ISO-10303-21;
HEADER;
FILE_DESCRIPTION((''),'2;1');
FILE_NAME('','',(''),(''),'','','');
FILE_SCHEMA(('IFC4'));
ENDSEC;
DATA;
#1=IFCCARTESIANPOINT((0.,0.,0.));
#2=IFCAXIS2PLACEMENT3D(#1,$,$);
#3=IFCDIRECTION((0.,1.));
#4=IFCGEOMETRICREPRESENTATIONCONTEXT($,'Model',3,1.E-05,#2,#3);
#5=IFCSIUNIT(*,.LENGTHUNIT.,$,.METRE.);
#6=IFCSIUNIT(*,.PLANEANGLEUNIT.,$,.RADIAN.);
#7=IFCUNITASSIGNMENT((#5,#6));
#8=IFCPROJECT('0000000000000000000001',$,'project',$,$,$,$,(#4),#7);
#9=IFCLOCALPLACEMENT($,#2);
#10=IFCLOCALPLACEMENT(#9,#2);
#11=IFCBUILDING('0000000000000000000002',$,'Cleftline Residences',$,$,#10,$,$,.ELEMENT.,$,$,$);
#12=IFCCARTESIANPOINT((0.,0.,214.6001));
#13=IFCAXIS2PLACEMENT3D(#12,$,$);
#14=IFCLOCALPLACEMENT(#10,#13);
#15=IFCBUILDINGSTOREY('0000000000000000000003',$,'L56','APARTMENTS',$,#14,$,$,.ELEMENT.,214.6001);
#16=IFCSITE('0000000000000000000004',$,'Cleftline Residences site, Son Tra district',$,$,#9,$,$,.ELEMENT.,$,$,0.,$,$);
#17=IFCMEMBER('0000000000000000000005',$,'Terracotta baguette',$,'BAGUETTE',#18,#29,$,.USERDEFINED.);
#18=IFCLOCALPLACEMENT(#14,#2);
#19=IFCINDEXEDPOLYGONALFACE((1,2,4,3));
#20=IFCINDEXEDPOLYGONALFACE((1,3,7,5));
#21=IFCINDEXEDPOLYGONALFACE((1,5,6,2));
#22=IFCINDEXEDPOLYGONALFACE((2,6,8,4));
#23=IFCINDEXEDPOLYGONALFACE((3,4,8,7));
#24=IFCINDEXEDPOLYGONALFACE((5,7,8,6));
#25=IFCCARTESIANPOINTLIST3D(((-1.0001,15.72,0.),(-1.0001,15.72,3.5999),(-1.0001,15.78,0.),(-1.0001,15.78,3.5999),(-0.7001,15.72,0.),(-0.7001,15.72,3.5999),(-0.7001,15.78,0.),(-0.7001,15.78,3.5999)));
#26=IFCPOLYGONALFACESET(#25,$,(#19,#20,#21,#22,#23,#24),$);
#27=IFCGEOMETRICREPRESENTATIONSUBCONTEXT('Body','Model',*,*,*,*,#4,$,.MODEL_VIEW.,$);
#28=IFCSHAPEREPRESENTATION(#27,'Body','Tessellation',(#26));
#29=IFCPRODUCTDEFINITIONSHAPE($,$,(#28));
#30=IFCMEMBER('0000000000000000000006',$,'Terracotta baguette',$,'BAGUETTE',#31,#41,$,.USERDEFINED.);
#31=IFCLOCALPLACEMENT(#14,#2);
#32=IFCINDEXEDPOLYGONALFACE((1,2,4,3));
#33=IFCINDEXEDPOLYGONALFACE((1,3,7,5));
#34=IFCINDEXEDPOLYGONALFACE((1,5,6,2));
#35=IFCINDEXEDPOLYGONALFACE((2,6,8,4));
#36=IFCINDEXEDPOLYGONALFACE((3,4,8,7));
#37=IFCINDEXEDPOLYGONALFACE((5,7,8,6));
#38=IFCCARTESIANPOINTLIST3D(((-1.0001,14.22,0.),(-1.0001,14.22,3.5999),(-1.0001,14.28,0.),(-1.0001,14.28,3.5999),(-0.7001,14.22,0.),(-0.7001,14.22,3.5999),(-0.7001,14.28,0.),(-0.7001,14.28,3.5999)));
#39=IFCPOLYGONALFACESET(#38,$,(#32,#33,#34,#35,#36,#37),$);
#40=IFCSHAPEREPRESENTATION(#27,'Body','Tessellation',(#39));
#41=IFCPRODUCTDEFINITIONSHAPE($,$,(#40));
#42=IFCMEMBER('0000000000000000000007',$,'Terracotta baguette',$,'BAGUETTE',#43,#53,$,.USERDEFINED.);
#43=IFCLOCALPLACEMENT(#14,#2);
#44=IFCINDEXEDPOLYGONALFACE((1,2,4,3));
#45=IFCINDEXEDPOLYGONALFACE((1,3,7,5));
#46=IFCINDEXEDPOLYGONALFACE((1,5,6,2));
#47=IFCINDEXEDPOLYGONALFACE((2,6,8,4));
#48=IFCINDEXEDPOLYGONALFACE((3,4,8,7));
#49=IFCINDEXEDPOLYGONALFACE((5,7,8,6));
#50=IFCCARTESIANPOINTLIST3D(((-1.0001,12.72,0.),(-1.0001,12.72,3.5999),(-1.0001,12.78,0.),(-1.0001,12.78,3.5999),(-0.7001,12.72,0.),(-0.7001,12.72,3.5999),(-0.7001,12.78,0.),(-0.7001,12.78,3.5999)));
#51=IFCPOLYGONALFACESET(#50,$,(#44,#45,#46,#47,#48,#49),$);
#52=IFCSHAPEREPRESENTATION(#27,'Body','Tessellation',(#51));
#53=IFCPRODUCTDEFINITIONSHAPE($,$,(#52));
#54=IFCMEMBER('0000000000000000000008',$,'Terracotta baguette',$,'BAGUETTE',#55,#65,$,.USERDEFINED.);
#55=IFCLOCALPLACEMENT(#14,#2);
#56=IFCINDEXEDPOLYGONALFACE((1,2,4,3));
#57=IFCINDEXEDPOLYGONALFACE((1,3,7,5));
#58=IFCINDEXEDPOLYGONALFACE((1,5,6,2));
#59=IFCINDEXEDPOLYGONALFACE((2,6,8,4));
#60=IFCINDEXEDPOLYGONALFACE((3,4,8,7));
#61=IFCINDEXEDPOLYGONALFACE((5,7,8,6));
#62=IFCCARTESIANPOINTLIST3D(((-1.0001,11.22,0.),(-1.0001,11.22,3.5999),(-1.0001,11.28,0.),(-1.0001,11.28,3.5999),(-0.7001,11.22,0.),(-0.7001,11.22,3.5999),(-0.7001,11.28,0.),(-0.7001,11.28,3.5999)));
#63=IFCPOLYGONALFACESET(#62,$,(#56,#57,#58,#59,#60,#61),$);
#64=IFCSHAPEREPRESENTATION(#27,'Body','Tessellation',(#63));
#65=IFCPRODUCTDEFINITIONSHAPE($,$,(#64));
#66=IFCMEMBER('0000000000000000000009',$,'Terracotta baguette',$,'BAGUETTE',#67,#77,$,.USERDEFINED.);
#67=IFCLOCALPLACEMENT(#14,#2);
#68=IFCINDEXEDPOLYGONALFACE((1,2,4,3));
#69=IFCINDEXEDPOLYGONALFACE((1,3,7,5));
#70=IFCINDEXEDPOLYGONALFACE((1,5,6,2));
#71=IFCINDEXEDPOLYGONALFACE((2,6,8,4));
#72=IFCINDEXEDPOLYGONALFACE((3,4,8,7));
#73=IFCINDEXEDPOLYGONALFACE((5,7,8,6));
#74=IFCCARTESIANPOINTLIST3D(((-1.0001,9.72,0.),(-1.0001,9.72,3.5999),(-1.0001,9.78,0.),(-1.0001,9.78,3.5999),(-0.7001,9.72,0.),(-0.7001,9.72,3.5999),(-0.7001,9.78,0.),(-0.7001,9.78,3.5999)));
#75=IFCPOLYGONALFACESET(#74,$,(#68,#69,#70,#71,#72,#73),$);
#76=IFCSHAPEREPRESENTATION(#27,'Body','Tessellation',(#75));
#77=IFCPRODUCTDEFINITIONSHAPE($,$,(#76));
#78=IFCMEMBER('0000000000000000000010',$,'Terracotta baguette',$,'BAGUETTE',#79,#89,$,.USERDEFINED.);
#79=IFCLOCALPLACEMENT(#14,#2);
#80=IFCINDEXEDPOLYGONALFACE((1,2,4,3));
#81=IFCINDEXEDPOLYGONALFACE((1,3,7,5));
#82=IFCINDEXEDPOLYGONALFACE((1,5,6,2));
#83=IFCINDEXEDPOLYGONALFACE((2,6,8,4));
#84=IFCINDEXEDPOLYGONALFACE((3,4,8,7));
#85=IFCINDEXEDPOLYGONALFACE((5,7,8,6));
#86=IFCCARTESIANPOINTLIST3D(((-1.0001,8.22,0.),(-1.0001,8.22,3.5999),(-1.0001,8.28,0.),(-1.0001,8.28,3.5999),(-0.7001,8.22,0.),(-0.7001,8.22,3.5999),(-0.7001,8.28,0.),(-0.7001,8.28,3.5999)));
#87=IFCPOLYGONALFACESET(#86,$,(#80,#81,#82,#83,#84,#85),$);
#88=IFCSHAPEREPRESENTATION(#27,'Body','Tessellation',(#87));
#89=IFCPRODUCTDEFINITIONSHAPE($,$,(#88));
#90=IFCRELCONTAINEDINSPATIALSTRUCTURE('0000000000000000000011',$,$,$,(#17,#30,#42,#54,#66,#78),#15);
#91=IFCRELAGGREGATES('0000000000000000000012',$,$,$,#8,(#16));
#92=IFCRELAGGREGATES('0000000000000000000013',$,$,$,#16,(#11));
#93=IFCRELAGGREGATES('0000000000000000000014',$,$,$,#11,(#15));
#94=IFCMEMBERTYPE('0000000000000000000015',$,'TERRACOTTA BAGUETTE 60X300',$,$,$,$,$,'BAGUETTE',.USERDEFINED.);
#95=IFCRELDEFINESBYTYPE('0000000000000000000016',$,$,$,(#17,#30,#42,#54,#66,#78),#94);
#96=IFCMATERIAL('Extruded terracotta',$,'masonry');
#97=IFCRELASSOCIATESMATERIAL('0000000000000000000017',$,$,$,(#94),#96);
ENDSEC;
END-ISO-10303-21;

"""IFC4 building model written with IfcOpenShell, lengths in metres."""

from ifc_helpers import new_model, si_unit, direction, frame, origin, origin_2d, place, context, subcontext, project, spatial, rectangle, extrude, material, material_profile, profile_set, type_object, element, save


model = new_model("IFC4")

# Units and contexts
model_context = context("Model", 3, precision=1e-05, world=origin(), true_north=direction((0.0, 1.0)))
body_context = subcontext(model_context, "Body", "Model", "MODEL_VIEW")
ifc_project = project(units=[si_unit("LENGTHUNIT", "METRE"), si_unit("PLANEANGLEUNIT", "RADIAN")], contexts=[model_context])

# Site, building, storey
site_placement = place(None, origin())
site = spatial("IfcSite", under=ifc_project, at=site_placement, Name="Cleftline Residences site, Son Tra district", CompositionType="ELEMENT", RefElevation=0.0)
building_placement = place(site_placement, origin())
building = spatial("IfcBuilding", under=site, at=building_placement, Name="Cleftline Residences", CompositionType="ELEMENT")
storey_placement = place(building_placement, frame((0.0, 0.0, 214.6001)))
storey = spatial("IfcBuildingStorey", under=building, at=storey_placement, Name="L56", Description="APARTMENTS", CompositionType="ELEMENT", Elevation=214.6001)

# Members
ifc_material_1 = material(Name="Extruded terracotta", Category="masonry")
ifc_material_profile = material_profile(ifc_material_1, rectangle(XDim=0.0601, YDim=0.3, at=origin_2d()))
ifc_profile_set = profile_set([ifc_material_profile], Name="Extruded terracotta")
member_type = type_object("IfcMemberType", Name="TERRACOTTA BAGUETTE 60X300", ElementType="BAGUETTE", PredefinedType="USERDEFINED", material=ifc_profile_set)
for number, where, z_axis, x_axis, name in (
    (1, (-0.8501, 15.75, 0.0), (0.0, 0.0, 1.0), (0.0, 1.0, 0.0), "Terracotta baguette"),
    (2, (-0.8501, 14.25, 0.0), (0.0, 0.0, 1.0), (0.0, 1.0, 0.0), "Terracotta baguette"),
    (3, (-0.8501, 12.75, 0.0), (0.0, 0.0, 1.0), (0.0, 1.0, 0.0), "Terracotta baguette"),
    (4, (-0.8501, 11.25, 0.0), (0.0, 0.0, 1.0), (0.0, 1.0, 0.0), "Terracotta baguette"),
    (5, (-0.8501, 9.75, 0.0), (0.0, 0.0, 1.0), (0.0, 1.0, 0.0), "Terracotta baguette"),
    (6, (-0.8501, 8.25, 0.0), (0.0, 0.0, 1.0), (0.0, 1.0, 0.0), "Terracotta baguette"),
):
    element("IfcMember", number, at=place(storey_placement, frame(where, z_axis=z_axis, x_axis=x_axis)), inside=storey, type_object=member_type, Name=name, ObjectType="BAGUETTE", PredefinedType="USERDEFINED", context=body_context, shape_type="SweptSolid", body=[
        extrude(rectangle(XDim=0.0601, YDim=0.3, at=origin_2d()), origin(), (0.0, 0.0, 1.0), 3.5999),
    ])

save(model, "model.ifc")
